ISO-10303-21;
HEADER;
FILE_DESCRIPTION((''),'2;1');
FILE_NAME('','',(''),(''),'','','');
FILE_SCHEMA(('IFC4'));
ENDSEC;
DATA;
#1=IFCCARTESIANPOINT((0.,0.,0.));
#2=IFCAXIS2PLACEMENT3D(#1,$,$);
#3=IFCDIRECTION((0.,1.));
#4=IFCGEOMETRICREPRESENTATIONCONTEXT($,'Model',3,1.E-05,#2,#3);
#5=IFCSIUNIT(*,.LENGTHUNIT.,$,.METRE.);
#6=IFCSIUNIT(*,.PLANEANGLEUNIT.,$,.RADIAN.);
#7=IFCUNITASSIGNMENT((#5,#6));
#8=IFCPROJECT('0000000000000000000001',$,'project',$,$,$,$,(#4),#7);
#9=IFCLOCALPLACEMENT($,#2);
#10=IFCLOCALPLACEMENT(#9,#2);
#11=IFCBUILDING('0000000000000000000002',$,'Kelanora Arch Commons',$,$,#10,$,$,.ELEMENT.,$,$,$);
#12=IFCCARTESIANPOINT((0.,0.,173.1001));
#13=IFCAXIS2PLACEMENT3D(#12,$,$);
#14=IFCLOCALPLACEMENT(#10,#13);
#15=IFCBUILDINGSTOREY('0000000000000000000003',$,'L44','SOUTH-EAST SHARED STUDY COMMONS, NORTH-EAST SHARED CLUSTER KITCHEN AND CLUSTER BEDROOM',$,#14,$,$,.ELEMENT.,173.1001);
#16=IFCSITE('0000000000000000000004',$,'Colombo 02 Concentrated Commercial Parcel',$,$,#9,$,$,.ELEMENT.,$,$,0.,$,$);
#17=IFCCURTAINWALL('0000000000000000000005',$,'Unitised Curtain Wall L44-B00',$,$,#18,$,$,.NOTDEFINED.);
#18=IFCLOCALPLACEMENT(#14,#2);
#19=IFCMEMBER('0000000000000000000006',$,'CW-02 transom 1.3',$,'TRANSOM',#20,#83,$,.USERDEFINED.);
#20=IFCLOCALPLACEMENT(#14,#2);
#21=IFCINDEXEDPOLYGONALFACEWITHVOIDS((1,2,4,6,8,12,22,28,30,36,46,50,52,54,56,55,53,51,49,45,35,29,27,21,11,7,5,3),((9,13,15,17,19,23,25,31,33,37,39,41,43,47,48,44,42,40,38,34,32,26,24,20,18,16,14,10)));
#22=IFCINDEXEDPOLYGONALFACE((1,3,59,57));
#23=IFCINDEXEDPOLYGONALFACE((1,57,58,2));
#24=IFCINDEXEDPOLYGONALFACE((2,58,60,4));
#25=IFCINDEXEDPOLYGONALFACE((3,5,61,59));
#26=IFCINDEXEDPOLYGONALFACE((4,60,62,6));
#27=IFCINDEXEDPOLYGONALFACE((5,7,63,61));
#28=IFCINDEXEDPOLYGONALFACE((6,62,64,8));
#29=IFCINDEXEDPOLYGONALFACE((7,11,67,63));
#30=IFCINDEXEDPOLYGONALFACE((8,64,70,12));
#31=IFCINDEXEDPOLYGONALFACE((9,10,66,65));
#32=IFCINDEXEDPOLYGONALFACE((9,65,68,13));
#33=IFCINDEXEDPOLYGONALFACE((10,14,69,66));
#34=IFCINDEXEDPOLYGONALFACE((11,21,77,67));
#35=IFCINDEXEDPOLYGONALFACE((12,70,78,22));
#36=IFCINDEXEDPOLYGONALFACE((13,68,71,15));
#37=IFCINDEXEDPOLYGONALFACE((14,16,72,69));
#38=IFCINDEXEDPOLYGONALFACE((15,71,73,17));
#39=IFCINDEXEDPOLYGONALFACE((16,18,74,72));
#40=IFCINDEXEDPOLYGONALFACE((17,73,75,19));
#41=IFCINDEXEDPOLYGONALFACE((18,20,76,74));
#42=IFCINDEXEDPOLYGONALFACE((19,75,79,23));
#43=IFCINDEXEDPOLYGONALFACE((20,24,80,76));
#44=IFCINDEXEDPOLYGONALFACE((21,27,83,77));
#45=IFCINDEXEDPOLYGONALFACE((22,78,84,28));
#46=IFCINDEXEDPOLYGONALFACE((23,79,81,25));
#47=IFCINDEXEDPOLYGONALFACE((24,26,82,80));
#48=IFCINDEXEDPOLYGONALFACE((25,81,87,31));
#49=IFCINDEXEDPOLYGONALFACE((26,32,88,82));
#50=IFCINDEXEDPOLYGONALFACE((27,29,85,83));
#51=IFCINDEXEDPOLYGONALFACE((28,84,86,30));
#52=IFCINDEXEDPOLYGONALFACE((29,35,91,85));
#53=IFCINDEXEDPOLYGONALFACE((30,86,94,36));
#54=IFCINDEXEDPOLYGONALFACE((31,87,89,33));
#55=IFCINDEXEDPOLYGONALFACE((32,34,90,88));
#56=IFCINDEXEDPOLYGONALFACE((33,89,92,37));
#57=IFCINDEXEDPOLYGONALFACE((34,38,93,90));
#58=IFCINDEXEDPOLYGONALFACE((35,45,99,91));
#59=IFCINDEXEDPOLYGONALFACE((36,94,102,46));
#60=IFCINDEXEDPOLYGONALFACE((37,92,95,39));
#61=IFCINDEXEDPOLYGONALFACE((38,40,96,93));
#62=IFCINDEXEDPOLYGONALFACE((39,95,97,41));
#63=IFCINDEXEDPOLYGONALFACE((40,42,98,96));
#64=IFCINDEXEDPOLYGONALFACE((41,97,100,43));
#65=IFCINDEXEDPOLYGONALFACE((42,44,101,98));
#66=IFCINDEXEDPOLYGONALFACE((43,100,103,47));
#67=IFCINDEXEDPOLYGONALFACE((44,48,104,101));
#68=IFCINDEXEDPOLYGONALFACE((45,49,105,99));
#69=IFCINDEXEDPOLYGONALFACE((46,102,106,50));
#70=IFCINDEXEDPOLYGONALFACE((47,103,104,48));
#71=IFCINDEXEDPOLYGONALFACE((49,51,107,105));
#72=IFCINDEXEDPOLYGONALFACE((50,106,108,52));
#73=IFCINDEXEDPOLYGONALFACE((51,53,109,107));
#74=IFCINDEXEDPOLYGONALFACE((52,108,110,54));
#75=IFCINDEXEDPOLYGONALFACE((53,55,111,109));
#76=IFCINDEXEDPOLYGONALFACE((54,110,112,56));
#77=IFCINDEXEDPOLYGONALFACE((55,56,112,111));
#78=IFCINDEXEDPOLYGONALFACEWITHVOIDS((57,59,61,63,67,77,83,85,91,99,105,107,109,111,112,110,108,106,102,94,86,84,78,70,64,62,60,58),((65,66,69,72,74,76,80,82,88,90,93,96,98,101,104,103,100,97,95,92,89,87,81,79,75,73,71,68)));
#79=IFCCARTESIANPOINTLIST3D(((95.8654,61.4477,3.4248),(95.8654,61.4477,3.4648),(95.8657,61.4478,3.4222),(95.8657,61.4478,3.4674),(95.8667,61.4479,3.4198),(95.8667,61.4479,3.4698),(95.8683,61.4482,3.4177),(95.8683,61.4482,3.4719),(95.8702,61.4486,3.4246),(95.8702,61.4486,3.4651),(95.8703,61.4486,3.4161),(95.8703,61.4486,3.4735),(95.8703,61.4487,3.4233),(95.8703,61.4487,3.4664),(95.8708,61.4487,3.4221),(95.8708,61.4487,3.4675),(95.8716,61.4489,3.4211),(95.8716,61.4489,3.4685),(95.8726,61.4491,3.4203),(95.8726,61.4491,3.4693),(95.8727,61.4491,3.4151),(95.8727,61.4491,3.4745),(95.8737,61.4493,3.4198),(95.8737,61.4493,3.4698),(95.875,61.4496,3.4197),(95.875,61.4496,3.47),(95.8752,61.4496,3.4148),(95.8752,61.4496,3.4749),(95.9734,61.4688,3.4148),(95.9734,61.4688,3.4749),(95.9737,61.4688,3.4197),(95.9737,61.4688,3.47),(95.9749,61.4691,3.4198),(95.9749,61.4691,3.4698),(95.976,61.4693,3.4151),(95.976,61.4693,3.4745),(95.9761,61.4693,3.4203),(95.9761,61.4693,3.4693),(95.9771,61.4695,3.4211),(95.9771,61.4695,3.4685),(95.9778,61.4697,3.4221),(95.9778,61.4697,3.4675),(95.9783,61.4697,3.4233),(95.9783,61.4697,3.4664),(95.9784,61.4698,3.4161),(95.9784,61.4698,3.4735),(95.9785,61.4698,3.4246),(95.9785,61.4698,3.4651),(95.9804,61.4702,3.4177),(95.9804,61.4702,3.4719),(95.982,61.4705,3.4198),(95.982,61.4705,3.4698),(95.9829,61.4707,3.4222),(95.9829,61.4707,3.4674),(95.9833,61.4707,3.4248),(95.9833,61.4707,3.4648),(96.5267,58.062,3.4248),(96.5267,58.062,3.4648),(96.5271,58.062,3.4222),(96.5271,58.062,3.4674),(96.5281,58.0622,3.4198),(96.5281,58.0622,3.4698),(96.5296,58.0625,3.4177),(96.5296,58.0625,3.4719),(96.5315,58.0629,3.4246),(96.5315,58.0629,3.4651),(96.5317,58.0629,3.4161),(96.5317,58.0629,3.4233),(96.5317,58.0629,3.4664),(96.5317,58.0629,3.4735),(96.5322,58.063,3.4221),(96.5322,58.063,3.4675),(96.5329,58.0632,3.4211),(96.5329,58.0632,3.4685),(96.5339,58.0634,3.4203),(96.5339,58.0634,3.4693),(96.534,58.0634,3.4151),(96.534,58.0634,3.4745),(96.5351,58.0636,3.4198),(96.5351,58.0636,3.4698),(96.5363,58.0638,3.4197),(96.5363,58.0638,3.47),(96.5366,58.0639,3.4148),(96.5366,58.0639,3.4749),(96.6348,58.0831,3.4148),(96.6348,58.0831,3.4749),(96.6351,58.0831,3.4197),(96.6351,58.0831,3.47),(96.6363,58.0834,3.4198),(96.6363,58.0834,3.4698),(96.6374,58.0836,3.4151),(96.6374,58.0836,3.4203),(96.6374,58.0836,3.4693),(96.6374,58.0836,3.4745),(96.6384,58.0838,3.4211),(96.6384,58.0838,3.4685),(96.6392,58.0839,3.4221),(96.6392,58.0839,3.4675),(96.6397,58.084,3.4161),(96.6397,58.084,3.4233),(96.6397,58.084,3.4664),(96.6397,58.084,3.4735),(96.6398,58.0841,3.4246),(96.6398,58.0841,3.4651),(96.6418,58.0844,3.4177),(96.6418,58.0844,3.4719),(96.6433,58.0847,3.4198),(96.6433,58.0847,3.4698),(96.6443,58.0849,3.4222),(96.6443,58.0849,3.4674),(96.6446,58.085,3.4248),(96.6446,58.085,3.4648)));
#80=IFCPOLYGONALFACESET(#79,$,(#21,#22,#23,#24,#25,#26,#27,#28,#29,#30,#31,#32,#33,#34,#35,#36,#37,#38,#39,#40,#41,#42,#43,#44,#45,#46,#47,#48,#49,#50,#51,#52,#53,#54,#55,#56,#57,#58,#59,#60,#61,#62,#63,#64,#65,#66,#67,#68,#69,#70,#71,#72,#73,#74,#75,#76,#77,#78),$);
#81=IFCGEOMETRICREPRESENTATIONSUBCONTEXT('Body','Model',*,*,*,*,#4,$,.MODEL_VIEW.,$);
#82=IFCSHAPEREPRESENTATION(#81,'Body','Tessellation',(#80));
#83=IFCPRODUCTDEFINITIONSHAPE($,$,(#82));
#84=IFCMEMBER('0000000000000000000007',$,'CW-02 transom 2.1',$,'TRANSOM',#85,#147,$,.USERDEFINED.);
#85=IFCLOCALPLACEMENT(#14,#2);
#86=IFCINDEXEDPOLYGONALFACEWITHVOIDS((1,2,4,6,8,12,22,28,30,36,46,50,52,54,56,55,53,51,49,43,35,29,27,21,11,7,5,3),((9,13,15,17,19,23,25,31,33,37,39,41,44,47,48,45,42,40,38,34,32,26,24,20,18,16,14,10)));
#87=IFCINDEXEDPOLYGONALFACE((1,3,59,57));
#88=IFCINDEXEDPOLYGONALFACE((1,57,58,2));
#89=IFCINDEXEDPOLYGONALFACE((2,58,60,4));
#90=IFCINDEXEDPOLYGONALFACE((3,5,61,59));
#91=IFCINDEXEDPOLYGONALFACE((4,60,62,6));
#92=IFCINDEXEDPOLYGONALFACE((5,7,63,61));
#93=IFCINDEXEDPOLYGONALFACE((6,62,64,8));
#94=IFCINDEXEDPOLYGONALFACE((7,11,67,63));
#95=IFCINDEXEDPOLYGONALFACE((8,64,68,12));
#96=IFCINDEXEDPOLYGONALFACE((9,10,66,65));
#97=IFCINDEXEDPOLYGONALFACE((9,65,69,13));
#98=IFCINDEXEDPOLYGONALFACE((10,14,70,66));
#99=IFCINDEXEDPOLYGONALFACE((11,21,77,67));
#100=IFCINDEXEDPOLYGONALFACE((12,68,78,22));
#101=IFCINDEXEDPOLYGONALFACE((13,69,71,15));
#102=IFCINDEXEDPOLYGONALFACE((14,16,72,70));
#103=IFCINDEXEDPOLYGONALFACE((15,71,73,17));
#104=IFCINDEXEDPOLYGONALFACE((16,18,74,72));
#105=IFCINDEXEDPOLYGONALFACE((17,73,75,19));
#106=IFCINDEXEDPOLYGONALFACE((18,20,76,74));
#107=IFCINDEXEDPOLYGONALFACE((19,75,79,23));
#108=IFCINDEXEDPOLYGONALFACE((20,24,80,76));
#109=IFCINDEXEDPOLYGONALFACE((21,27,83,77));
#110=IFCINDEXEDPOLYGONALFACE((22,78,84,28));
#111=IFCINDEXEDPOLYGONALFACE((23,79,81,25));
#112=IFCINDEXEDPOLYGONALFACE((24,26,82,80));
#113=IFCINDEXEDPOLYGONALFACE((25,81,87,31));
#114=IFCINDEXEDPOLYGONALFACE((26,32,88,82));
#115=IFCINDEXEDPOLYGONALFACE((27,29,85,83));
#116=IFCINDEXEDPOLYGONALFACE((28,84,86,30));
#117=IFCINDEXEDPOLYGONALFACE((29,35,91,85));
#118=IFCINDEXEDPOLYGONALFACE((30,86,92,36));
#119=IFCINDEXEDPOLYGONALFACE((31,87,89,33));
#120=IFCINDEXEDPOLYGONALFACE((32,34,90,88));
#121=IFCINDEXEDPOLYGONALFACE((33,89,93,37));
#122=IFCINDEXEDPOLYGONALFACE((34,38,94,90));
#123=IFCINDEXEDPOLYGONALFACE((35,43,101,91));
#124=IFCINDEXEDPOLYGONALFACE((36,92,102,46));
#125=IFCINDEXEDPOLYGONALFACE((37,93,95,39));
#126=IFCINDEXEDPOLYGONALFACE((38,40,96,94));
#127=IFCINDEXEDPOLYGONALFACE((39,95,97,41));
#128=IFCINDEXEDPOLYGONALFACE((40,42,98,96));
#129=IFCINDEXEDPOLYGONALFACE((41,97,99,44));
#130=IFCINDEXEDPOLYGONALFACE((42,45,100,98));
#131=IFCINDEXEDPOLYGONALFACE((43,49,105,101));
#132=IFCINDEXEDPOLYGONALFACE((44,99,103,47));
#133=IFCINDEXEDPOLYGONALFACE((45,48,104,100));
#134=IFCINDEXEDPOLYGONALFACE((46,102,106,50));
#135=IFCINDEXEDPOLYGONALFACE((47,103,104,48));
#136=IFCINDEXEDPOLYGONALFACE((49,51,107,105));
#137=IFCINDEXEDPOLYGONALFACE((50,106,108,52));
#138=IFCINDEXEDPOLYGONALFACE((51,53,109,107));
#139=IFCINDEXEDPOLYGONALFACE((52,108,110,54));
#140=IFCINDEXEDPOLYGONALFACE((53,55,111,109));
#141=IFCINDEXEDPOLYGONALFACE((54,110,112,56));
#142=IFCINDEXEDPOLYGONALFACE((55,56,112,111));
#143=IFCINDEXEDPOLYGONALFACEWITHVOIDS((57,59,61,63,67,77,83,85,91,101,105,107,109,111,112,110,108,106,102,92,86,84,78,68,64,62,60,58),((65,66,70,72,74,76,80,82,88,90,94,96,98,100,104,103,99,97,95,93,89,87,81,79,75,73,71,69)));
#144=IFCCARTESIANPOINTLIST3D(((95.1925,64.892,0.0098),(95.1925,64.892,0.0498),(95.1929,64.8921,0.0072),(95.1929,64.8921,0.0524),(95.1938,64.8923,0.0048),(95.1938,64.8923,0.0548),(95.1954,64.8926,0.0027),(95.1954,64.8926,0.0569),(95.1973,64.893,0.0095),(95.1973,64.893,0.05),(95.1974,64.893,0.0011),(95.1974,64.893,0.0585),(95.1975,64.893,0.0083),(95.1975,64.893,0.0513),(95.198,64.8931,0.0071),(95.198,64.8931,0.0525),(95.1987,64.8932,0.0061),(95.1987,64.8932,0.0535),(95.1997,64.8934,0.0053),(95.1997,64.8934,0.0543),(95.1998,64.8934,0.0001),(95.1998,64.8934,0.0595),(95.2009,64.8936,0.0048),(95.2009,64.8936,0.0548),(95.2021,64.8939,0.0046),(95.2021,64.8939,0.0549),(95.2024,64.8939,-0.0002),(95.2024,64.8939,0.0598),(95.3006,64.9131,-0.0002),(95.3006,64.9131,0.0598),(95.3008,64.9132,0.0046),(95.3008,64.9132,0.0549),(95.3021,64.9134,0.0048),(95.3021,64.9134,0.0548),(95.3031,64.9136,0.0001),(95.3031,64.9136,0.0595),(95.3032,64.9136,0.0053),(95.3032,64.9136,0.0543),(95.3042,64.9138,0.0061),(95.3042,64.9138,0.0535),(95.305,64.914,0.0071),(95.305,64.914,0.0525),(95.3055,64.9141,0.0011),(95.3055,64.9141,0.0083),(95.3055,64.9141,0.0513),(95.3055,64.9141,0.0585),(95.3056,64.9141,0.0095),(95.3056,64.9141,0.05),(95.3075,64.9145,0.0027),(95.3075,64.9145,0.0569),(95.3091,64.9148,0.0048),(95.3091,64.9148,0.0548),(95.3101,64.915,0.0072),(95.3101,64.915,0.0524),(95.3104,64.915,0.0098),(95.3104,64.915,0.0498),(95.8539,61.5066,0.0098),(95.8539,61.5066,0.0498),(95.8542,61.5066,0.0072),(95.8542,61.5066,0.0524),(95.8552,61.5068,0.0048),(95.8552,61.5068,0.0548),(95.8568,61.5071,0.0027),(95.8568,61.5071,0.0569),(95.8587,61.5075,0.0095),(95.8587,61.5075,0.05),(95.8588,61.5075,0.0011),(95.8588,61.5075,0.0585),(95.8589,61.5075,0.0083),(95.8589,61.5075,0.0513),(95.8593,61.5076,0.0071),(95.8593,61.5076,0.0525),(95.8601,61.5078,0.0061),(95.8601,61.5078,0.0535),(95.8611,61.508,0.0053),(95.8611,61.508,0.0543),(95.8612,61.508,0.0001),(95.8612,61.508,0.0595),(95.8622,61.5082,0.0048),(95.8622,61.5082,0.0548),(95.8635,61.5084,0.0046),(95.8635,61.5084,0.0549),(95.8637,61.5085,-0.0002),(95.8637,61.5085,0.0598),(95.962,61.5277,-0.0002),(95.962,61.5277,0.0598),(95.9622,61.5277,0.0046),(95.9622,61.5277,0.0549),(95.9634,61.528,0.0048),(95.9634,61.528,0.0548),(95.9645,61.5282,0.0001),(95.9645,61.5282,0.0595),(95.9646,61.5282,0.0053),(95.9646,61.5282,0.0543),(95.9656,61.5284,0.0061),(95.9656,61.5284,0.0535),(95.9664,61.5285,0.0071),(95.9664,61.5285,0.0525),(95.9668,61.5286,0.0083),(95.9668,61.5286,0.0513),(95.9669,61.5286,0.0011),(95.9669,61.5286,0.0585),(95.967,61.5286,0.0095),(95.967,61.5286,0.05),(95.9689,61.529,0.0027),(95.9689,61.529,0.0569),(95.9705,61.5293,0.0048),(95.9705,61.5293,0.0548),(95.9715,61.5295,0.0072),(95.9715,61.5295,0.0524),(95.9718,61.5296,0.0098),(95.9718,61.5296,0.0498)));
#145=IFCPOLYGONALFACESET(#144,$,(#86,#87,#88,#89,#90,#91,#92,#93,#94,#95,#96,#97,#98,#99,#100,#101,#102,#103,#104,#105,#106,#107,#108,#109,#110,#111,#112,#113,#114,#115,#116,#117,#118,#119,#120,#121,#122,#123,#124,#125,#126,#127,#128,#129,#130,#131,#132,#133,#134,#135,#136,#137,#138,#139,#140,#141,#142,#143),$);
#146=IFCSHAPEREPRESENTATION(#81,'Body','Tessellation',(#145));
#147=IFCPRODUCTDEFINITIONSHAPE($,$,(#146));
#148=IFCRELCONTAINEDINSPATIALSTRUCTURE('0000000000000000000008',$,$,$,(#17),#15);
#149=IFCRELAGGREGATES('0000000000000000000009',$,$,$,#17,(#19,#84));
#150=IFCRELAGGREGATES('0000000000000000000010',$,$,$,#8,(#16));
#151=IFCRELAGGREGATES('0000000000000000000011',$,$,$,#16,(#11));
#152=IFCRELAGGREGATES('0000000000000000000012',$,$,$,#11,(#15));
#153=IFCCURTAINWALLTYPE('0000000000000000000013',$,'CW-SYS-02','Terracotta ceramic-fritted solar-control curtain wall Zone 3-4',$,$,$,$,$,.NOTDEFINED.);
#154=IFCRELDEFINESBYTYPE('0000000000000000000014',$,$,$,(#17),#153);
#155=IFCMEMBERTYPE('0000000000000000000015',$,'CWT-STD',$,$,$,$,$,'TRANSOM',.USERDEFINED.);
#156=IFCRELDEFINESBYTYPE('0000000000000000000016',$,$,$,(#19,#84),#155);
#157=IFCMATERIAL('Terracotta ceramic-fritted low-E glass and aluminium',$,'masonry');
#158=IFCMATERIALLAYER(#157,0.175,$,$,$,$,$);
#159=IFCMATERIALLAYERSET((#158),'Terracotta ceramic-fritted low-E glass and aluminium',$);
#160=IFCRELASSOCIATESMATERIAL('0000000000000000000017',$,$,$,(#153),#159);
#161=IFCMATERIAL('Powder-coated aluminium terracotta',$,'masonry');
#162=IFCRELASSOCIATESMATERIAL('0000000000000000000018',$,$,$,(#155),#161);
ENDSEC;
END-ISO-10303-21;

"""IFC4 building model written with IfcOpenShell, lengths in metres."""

from ifc_helpers import new_model, si_unit, direction, frame, origin, origin_2d, place, context, subcontext, project, spatial, hollow_rectangle, extrude, material, layer, layer_set, material_profile, profile_set, type_object, element, aggregate, save


model = new_model("IFC4")

# Units and contexts
model_context = context("Model", 3, precision=1e-05, world=origin(), true_north=direction((0.0, 1.0)))
body_context = subcontext(model_context, "Body", "Model", "MODEL_VIEW")
ifc_project = project(units=[si_unit("LENGTHUNIT", "METRE"), si_unit("PLANEANGLEUNIT", "RADIAN")], contexts=[model_context])

# Site, building, storey
site_placement = place(None, origin())
site = spatial("IfcSite", under=ifc_project, at=site_placement, Name="Colombo 02 Concentrated Commercial Parcel", CompositionType="ELEMENT", RefElevation=0.0)
building_placement = place(site_placement, origin())
building = spatial("IfcBuilding", under=site, at=building_placement, Name="Kelanora Arch Commons", CompositionType="ELEMENT")
storey_placement = place(building_placement, frame((0.0, 0.0, 173.1001)))
storey = spatial("IfcBuildingStorey", under=building, at=storey_placement, Name="L44", Description="SOUTH-EAST SHARED STUDY COMMONS, NORTH-EAST SHARED CLUSTER KITCHEN AND CLUSTER BEDROOM", CompositionType="ELEMENT", Elevation=173.1001)

# Curtain wall, members
ifc_material_1 = material(Name="Terracotta ceramic-fritted low-E glass and aluminium", Category="masonry")
ifc_layer_1 = layer(ifc_material_1, 0.175)
ifc_layer_set_1 = layer_set([ifc_layer_1], Name="Terracotta ceramic-fritted low-E glass and aluminium")
curtain_wall_type = type_object("IfcCurtainWallType", Name="CW-SYS-02", Description="Terracotta ceramic-fritted solar-control curtain wall Zone 3-4", PredefinedType="NOTDEFINED", material=ifc_layer_set_1)
curtain_wall_placement = place(storey_placement, origin())
curtain_wall = element("IfcCurtainWall", 1, at=curtain_wall_placement, inside=storey, type_object=curtain_wall_type, Name="Unitised Curtain Wall L44-B00", PredefinedType="NOTDEFINED")
ifc_material_2 = material(Name="Powder-coated aluminium terracotta", Category="masonry")
ifc_material_profile_1 = material_profile(ifc_material_2, hollow_rectangle(XDim=0.1201, YDim=0.0601, WallThickness=0.0049, InnerFilletRadius=0.0049, OuterFilletRadius=0.01, at=origin_2d()), Name="CWT120x60")
ifc_profile_set_1 = profile_set([ifc_material_profile_1], Name="Powder-coated aluminium terracotta")
member_type_1 = type_object("IfcMemberType", Name="CWT-STD", ElementType="TRANSOM", PredefinedType="USERDEFINED", material=ifc_profile_set_1)
member_1_placement = place(storey_placement, frame((96.5857, 58.0735, 3.4448), z_axis=(-0.191718, 0.98145, 0.0), x_axis=(-0.98145, -0.191718, 0.0)))
member_1 = element("IfcMember", 2, at=member_1_placement, type_object=member_type_1, Name="CW-02 transom 1.3", ObjectType="TRANSOM", PredefinedType="USERDEFINED", context=body_context, shape_type="SweptSolid", body=[
    extrude(hollow_rectangle(XDim=0.1201, YDim=0.0601, WallThickness=0.0049, InnerFilletRadius=0.0049, OuterFilletRadius=0.01, at=origin_2d()), origin(), (0.0, 0.0, 1.0), 3.4497),
])
member_2_placement = place(storey_placement, frame((95.9128, 61.5181, 0.0298), z_axis=(-0.191732, 0.981447, 0.0), x_axis=(-0.981447, -0.191732, 0.0)))
member_2 = element("IfcMember", 3, at=member_2_placement, type_object=member_type_1, Name="CW-02 transom 2.1", ObjectType="TRANSOM", PredefinedType="USERDEFINED", context=body_context, shape_type="SweptSolid", body=[
    extrude(hollow_rectangle(XDim=0.1201, YDim=0.0601, WallThickness=0.0049, InnerFilletRadius=0.0049, OuterFilletRadius=0.01, at=origin_2d()), origin(), (0.0, 0.0, 1.0), 3.4495),
])
aggregate(curtain_wall, [member_1, member_2])

save(model, "model.ifc")
